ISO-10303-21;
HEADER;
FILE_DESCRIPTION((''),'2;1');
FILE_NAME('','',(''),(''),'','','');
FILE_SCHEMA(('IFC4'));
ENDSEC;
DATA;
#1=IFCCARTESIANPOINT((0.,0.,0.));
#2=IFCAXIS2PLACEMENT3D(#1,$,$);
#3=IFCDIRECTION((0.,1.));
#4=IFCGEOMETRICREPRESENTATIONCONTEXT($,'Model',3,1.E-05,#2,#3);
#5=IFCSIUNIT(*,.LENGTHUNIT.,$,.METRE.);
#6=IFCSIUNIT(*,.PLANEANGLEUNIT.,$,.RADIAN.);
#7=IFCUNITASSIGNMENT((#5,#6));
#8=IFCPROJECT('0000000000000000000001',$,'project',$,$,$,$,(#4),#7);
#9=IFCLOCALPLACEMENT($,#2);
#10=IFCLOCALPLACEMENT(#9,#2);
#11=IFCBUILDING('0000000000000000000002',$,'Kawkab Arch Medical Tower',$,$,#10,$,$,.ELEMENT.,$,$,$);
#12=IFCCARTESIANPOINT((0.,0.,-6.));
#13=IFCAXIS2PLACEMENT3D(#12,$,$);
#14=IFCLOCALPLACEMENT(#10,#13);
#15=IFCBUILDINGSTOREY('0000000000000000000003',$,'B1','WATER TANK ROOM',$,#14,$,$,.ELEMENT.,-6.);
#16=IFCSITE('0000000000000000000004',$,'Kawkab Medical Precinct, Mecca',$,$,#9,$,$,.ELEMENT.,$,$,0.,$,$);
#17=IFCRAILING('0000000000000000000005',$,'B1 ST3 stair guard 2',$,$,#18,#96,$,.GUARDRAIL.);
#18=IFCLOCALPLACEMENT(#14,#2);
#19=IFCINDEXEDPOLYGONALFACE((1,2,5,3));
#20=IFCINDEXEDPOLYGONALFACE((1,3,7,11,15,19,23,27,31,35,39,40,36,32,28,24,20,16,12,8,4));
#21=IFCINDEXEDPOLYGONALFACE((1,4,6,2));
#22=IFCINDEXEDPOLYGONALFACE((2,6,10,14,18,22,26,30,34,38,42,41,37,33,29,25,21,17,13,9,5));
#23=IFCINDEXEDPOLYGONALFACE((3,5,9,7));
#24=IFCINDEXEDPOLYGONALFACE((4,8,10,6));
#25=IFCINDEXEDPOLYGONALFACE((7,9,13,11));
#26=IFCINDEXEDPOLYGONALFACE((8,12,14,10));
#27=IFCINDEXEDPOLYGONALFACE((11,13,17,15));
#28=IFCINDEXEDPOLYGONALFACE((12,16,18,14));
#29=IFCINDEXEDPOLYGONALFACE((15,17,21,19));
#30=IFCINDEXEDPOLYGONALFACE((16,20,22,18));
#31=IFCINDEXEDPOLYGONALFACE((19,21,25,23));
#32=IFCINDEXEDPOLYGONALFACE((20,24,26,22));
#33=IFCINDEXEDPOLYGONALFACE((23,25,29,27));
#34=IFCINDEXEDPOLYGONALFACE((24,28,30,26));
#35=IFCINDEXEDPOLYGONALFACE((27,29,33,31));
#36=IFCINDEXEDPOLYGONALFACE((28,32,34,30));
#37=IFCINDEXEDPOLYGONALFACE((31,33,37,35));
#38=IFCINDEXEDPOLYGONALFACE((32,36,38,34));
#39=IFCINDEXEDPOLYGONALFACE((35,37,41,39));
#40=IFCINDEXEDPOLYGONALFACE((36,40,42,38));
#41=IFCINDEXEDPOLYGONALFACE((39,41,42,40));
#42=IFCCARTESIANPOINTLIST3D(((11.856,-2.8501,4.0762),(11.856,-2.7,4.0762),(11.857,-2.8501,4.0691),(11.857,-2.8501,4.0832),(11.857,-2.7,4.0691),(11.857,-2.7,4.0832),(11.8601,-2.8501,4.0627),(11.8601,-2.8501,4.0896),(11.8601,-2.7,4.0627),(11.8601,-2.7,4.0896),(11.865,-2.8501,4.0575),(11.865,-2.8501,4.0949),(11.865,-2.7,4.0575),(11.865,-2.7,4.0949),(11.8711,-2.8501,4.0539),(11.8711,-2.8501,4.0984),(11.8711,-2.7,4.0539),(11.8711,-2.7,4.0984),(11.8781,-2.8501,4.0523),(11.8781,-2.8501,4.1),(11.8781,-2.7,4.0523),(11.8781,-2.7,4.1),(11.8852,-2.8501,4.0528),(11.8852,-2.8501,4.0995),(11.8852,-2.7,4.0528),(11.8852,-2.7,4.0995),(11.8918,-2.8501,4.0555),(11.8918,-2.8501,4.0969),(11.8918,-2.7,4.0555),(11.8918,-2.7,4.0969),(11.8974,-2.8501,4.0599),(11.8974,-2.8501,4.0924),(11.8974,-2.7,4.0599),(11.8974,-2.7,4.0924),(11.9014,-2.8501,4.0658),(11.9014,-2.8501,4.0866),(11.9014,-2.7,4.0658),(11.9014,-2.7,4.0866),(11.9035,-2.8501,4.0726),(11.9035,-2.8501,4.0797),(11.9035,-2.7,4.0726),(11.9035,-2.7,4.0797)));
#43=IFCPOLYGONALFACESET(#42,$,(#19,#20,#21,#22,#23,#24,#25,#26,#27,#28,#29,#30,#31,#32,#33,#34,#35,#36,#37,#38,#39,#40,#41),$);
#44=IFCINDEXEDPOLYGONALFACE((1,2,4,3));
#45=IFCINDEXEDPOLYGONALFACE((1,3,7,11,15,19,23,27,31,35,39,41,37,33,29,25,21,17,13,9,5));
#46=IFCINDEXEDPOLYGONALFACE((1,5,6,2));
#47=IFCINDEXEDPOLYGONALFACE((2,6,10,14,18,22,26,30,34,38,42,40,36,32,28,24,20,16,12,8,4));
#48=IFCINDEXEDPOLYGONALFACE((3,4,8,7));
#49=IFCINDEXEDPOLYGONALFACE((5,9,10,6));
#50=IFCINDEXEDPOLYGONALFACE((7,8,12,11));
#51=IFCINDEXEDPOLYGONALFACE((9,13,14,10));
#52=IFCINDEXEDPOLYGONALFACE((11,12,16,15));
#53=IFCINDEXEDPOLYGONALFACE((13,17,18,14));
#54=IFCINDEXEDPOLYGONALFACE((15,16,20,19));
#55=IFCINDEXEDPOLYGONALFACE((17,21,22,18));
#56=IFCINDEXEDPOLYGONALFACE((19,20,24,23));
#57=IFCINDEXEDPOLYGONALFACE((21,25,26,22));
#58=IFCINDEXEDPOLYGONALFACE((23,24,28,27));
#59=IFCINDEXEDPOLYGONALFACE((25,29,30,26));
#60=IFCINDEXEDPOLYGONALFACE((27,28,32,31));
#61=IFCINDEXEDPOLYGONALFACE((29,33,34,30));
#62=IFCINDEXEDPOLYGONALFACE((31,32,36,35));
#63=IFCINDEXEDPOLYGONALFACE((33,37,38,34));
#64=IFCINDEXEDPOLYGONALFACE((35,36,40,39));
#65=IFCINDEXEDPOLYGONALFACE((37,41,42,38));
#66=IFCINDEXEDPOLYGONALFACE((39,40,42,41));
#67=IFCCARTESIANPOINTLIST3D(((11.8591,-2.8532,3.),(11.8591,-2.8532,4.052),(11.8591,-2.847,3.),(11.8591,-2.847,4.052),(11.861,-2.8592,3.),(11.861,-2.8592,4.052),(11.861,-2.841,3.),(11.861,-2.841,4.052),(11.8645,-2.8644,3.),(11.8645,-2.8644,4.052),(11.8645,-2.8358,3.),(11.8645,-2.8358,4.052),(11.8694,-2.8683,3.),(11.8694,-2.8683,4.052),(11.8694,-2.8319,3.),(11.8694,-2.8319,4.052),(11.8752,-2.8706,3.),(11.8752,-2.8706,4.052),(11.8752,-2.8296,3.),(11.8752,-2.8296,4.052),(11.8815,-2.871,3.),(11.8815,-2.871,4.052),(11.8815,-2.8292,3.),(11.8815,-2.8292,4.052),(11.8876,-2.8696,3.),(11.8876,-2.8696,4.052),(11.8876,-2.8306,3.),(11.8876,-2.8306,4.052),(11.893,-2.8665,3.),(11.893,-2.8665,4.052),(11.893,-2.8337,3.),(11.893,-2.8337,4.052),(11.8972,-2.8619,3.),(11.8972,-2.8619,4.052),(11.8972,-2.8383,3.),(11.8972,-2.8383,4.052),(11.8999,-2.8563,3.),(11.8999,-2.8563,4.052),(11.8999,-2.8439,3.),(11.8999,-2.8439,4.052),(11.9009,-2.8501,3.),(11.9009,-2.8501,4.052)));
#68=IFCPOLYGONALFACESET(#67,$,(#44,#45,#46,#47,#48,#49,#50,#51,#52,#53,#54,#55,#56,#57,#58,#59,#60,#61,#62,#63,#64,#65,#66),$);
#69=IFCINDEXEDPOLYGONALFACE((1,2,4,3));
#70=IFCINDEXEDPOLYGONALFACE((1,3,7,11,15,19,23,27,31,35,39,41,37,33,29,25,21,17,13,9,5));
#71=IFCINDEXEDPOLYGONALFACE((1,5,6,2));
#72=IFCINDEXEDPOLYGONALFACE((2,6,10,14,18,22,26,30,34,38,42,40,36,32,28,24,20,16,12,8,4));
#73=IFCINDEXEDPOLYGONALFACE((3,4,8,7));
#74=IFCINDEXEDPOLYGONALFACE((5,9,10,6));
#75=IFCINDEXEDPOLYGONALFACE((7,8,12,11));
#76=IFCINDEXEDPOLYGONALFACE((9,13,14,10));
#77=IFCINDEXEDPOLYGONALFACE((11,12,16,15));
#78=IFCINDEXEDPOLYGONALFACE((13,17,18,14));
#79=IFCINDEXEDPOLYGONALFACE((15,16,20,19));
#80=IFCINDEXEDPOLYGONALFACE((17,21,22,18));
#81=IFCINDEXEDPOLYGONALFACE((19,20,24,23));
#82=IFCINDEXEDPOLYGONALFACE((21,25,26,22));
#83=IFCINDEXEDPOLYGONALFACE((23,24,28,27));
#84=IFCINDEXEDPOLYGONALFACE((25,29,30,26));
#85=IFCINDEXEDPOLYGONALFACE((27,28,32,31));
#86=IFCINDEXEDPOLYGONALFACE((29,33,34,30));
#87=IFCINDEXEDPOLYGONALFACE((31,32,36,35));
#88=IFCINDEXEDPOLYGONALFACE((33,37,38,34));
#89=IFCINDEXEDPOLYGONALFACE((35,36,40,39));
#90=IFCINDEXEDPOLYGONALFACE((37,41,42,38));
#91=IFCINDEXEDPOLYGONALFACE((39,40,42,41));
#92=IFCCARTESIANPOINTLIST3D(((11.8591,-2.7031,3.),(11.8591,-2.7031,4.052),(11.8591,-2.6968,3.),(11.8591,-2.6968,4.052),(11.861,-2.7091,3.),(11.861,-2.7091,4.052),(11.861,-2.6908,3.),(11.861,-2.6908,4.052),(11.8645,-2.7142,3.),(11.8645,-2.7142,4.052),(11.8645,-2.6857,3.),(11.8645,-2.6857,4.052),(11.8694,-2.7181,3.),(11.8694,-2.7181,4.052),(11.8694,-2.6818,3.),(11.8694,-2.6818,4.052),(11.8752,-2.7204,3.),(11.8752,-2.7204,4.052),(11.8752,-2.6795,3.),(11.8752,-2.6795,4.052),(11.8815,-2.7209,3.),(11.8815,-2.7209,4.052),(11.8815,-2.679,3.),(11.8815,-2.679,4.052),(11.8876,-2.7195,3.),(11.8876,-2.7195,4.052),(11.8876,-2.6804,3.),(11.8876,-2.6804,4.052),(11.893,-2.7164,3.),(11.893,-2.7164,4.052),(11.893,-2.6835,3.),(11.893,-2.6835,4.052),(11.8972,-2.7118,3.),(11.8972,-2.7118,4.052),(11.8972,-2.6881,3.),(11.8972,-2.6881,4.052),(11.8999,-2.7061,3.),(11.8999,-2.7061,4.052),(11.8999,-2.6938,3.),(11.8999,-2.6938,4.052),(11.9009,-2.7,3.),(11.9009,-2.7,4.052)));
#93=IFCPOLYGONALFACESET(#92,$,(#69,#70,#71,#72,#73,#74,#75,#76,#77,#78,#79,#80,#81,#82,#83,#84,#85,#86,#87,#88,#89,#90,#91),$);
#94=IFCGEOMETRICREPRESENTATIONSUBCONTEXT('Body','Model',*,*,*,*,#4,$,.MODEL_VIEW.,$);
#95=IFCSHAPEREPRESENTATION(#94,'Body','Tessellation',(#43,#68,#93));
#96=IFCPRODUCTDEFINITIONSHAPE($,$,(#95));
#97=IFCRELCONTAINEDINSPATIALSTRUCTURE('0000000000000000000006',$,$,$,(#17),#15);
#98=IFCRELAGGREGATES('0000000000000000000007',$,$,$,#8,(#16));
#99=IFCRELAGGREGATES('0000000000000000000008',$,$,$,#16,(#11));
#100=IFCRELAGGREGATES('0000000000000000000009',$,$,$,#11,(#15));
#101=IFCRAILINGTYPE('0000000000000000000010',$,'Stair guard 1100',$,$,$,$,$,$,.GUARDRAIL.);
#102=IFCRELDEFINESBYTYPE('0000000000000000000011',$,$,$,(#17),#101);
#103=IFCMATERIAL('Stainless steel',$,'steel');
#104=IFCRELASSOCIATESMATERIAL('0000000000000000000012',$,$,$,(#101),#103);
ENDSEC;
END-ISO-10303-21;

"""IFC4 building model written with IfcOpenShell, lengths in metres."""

from ifc_helpers import new_model, si_unit, direction, frame, origin, origin_2d, place, context, subcontext, project, spatial, circle, extrude, material, type_object, element, save


model = new_model("IFC4")

# Units and contexts
model_context = context("Model", 3, precision=1e-05, world=origin(), true_north=direction((0.0, 1.0)))
body_context = subcontext(model_context, "Body", "Model", "MODEL_VIEW")
ifc_project = project(units=[si_unit("LENGTHUNIT", "METRE"), si_unit("PLANEANGLEUNIT", "RADIAN")], contexts=[model_context])

# Site, building, storey
site_placement = place(None, origin())
site = spatial("IfcSite", under=ifc_project, at=site_placement, Name="Kawkab Medical Precinct, Mecca", CompositionType="ELEMENT", RefElevation=0.0)
building_placement = place(site_placement, origin())
building = spatial("IfcBuilding", under=site, at=building_placement, Name="Kawkab Arch Medical Tower", CompositionType="ELEMENT")
storey_placement = place(building_placement, frame((0.0, 0.0, -6.0)))
storey = spatial("IfcBuildingStorey", under=building, at=storey_placement, Name="B1", Description="WATER TANK ROOM", CompositionType="ELEMENT", Elevation=-6.0)

# Railing
ifc_material_1 = material(Name="Stainless steel", Category="steel")
railing_type = type_object("IfcRailingType", Name="Stair guard 1100", PredefinedType="GUARDRAIL", material=ifc_material_1)
railing_1_placement = place(storey_placement, frame((11.8799, -2.8501, 3.0)))
element("IfcRailing", 1, at=railing_1_placement, inside=storey, type_object=railing_type, Name="B1 ST3 stair guard 2", PredefinedType="GUARDRAIL", context=body_context, shape_type="SweptSolid", body=[
    extrude(circle(Radius=0.0239, at=origin_2d()), frame((0.0, 0.0, 1.0762), z_axis=(0.0, 1.0, 0.0), x_axis=(-1.0, 0.0, 0.0)), (0.0, 0.0, 1.0), 0.1501),
    extrude(circle(Radius=0.021, at=origin_2d()), origin(), (0.0, 0.0, 1.0), 1.052),
    extrude(circle(Radius=0.021, at=origin_2d()), frame((0.0, 0.1501, 0.0)), (0.0, 0.0, 1.0), 1.052),
])

save(model, "model.ifc")
